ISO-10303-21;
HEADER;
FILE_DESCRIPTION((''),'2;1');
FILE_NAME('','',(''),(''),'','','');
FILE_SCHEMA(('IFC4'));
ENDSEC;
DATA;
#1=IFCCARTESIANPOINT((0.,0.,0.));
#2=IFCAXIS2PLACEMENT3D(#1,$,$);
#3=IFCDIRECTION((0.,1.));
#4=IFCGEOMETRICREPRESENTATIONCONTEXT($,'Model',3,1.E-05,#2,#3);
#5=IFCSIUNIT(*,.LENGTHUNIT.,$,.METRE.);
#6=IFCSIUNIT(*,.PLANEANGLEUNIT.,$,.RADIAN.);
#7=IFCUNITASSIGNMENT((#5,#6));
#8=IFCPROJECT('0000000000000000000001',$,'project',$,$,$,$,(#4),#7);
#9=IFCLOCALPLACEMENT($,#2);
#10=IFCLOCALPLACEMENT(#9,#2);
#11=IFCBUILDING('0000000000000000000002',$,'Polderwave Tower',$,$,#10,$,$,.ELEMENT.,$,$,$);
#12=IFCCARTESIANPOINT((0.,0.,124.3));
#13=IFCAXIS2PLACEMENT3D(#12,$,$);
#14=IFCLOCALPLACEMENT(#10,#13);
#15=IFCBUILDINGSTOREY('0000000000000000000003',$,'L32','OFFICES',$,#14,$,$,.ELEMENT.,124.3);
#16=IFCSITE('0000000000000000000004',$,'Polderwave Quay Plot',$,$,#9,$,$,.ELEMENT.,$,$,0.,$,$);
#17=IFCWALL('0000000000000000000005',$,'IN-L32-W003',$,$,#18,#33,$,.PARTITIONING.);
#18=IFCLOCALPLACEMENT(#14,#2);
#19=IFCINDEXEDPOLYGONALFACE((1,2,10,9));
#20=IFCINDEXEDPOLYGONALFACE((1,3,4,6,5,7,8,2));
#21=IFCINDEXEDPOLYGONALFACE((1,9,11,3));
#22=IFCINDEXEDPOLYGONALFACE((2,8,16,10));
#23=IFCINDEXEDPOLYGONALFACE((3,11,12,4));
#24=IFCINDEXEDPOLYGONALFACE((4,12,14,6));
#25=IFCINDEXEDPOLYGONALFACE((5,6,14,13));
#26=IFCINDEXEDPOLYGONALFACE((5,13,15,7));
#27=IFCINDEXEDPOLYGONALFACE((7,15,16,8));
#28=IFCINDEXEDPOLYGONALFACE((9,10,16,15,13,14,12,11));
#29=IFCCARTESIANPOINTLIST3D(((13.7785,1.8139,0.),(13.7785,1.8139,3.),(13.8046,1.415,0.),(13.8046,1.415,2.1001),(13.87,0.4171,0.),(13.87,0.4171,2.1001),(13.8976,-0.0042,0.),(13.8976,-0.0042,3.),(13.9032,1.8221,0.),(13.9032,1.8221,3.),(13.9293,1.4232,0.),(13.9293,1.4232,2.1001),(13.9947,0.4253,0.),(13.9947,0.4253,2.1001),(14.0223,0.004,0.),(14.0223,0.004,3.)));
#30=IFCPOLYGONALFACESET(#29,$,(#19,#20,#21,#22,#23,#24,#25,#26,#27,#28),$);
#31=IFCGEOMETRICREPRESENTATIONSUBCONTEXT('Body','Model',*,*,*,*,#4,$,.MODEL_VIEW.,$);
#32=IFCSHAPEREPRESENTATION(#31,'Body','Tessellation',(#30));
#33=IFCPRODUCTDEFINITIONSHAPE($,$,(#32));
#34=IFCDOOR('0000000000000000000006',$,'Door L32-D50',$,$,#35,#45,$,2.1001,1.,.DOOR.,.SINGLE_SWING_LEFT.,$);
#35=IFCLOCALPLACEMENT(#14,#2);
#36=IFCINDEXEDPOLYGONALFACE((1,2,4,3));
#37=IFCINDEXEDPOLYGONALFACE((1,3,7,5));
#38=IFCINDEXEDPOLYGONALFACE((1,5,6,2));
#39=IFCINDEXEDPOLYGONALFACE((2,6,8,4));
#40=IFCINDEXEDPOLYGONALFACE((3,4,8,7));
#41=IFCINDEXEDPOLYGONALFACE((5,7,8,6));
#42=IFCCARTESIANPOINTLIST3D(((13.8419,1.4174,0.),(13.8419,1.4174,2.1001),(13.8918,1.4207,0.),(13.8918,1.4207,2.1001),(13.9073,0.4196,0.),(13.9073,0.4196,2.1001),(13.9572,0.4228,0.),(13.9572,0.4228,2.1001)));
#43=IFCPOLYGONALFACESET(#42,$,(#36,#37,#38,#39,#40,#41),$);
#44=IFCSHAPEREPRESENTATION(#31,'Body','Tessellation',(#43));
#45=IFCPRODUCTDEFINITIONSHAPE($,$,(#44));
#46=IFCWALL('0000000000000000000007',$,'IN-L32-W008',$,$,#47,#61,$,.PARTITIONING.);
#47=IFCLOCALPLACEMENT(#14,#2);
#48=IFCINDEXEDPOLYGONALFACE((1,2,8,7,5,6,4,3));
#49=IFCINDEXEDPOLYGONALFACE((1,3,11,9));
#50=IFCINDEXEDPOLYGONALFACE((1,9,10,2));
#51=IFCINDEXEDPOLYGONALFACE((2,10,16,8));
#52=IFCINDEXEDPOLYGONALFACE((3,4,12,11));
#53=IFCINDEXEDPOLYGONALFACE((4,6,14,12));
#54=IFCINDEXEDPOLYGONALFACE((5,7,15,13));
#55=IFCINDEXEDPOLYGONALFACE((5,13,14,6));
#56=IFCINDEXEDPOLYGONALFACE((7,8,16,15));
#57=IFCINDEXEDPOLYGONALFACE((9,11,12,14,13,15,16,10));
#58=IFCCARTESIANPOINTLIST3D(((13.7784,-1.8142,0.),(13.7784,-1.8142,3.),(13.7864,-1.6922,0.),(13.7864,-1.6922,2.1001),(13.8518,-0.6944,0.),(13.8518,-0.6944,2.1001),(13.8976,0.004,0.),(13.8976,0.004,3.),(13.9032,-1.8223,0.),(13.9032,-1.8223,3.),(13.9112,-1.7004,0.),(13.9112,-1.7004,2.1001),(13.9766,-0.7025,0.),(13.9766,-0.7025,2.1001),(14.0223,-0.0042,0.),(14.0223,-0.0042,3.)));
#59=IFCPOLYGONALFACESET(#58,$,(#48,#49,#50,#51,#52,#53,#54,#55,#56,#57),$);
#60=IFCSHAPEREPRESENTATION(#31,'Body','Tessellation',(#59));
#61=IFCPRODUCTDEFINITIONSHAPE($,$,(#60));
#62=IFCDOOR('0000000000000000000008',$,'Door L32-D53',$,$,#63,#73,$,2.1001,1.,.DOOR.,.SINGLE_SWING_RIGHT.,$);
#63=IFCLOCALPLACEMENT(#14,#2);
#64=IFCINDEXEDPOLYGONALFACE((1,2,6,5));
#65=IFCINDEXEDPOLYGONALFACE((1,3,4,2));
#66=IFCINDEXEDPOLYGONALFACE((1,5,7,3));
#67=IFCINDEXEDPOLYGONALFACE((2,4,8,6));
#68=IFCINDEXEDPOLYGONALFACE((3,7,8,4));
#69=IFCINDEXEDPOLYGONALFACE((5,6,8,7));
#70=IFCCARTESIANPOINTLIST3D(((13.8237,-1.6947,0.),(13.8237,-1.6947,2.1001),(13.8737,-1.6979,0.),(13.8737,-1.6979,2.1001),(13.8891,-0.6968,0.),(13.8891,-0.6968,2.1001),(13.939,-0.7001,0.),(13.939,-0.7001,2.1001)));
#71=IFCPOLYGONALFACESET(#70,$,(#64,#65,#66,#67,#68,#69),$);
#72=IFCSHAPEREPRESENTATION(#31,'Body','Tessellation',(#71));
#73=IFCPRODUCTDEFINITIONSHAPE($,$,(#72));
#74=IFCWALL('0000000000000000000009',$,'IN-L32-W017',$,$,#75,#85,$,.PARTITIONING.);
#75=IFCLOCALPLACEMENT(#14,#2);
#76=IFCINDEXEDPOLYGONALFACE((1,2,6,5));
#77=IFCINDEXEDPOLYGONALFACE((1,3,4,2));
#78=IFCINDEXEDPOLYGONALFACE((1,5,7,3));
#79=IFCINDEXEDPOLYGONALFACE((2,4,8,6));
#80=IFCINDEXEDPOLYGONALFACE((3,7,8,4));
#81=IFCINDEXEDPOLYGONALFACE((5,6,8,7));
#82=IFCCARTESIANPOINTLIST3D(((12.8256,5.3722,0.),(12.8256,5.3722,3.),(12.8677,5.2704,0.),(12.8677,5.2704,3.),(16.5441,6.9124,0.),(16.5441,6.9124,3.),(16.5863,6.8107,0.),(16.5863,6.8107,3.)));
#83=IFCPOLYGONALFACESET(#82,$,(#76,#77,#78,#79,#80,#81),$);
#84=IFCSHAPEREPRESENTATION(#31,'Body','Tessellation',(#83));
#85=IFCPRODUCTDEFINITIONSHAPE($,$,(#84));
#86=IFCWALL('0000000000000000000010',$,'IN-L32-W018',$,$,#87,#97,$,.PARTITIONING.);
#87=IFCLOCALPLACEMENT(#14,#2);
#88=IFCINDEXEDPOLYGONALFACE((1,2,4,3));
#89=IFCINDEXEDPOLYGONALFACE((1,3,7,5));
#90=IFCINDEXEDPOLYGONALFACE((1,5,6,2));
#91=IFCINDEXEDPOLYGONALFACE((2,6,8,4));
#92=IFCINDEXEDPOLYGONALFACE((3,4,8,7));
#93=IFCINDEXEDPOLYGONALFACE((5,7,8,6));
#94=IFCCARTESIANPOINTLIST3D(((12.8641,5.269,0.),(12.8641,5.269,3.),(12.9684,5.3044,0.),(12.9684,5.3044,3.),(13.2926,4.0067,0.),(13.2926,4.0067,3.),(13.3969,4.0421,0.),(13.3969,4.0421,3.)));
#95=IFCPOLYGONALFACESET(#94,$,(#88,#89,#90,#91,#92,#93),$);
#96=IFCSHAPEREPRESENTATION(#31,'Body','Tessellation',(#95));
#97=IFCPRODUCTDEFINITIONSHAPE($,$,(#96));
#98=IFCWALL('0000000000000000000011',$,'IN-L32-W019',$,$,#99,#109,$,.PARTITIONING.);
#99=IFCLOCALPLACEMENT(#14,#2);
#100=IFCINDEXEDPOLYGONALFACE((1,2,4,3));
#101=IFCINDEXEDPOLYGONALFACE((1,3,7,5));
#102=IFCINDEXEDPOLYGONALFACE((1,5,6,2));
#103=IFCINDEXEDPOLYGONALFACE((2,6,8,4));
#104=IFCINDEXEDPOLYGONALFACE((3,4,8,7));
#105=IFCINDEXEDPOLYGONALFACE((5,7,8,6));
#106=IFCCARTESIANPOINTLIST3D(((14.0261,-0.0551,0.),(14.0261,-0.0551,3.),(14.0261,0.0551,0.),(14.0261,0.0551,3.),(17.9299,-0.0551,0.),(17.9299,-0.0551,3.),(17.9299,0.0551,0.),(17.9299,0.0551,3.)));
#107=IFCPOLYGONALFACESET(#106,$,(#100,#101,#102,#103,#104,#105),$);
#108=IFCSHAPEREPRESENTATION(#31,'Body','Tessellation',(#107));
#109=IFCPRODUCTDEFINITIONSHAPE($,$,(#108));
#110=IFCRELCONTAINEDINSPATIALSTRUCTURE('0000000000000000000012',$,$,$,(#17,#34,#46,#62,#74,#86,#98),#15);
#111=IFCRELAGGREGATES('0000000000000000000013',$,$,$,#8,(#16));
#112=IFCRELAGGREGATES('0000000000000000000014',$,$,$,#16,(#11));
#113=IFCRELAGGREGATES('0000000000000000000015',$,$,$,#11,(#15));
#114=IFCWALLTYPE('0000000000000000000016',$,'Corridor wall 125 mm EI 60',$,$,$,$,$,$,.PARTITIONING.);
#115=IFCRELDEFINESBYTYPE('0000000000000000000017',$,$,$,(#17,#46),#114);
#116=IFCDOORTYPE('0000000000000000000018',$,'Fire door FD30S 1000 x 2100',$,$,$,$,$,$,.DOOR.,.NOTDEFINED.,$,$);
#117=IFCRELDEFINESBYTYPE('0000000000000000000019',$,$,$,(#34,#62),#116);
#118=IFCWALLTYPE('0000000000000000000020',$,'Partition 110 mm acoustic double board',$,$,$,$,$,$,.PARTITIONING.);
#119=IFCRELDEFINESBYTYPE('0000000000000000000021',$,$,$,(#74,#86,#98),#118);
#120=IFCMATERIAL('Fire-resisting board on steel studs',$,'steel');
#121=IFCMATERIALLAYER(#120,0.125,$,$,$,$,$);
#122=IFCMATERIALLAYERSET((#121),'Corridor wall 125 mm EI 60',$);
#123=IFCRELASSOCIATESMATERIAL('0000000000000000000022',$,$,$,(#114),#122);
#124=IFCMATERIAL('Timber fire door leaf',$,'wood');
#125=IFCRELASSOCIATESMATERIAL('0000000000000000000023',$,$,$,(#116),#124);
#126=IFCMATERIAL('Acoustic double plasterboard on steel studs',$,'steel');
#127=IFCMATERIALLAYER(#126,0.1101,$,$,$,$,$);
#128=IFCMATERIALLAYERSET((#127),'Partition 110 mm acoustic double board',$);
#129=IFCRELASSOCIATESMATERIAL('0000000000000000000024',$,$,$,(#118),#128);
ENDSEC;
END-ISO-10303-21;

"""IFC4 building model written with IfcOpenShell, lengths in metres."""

from ifc_helpers import new_model, si_unit, direction, frame, frame_2d, origin, place, context, subcontext, project, spatial, rectangle, extrude, material, layer, layer_set, type_object, element, fill, save


model = new_model("IFC4")

# Units and contexts
model_context = context("Model", 3, precision=1e-05, world=origin(), true_north=direction((0.0, 1.0)))
body_context = subcontext(model_context, "Body", "Model", "MODEL_VIEW")
ifc_project = project(units=[si_unit("LENGTHUNIT", "METRE"), si_unit("PLANEANGLEUNIT", "RADIAN")], contexts=[model_context])

# Site, building, storey
site_placement = place(None, origin())
site = spatial("IfcSite", under=ifc_project, at=site_placement, Name="Polderwave Quay Plot", CompositionType="ELEMENT", RefElevation=0.0)
building_placement = place(site_placement, origin())
building = spatial("IfcBuilding", under=site, at=building_placement, Name="Polderwave Tower", CompositionType="ELEMENT")
storey_placement = place(building_placement, frame((0.0, 0.0, 124.3)))
storey = spatial("IfcBuildingStorey", under=building, at=storey_placement, Name="L32", Description="OFFICES", CompositionType="ELEMENT", Elevation=124.3)

# Shared definitions
ifc_material_1 = material(Name="Fire-resisting board on steel studs", Category="steel")
ifc_layer_1 = layer(ifc_material_1, 0.125)
ifc_layer_set_1 = layer_set([ifc_layer_1], Name="Corridor wall 125 mm EI 60")
wall_type_1 = type_object("IfcWallType", Name="Corridor wall 125 mm EI 60", PredefinedType="PARTITIONING", material=ifc_layer_set_1)

# Walls, openings, doors
wall_1_placement = place(storey_placement, frame((13.8408, 1.8181, 0.0), z_axis=(0.0, 0.0, 1.0), x_axis=(0.065389, -0.99786, 0.0)))
wall_1 = element("IfcWall", 1, at=wall_1_placement, inside=storey, type_object=wall_type_1, Name="IN-L32-W003", PredefinedType="PARTITIONING", context=body_context, shape_type="SweptSolid", body=[
    extrude(rectangle(XDim=1.822, YDim=0.125, at=frame_2d((0.9111, 0.0))), origin(), (0.0, 0.0, 1.0), 3.0),
])
opening_1_placement = place(wall_1_placement, frame((0.3999, 0.0, 0.0)))
opening_1 = element("IfcOpeningElement", 2, at=opening_1_placement, cuts=wall_1, PredefinedType="OPENING", context=body_context, shape_type="SweptSolid", body=[
    extrude(rectangle(XDim=1.0, YDim=2.1001, at=frame_2d((0.5, 1.05))), frame((0.0, 0.0725, 0.0), z_axis=(0.0, -1.0, 0.0), x_axis=(1.0, 0.0, 0.0)), (0.0, 0.0, 1.0), 0.145),
])
ifc_material_2 = material(Name="Timber fire door leaf", Category="wood")
door_type = type_object("IfcDoorType", Name="Fire door FD30S 1000 x 2100", OperationType="NOTDEFINED", PredefinedType="DOOR", material=ifc_material_2)
door_1_placement = place(opening_1_placement, origin())
door_1 = element("IfcDoor", 3, at=door_1_placement, inside=storey, type_object=door_type, Name="Door L32-D50", OperationType="SINGLE_SWING_LEFT", OverallHeight=2.1001, OverallWidth=1.0, PredefinedType="DOOR", context=body_context, shape_type="SweptSolid", body=[
    extrude(rectangle(XDim=1.0, YDim=2.1001, at=frame_2d((0.5, 1.05))), frame((0.0, 0.0249, 0.0), z_axis=(0.0, -1.0, 0.0), x_axis=(1.0, 0.0, 0.0)), (0.0, 0.0, 1.0), 0.05),
])
fill(opening_1, door_1)
wall_2_placement = place(storey_placement, frame((13.96, 0.0, 0.0), z_axis=(0.0, 0.0, 1.0), x_axis=(-0.065389, -0.99786, 0.0)))
wall_2 = element("IfcWall", 4, at=wall_2_placement, inside=storey, type_object=wall_type_1, Name="IN-L32-W008", PredefinedType="PARTITIONING", context=body_context, shape_type="SweptSolid", body=[
    extrude(rectangle(XDim=1.822, YDim=0.125, at=frame_2d((0.9111, 0.0))), origin(), (0.0, 0.0, 1.0), 3.0),
])
opening_2_placement = place(wall_2_placement, frame((0.7, 0.0, 0.0)))
opening_2 = element("IfcOpeningElement", 5, at=opening_2_placement, cuts=wall_2, PredefinedType="OPENING", context=body_context, shape_type="SweptSolid", body=[
    extrude(rectangle(XDim=1.0, YDim=2.1001, at=frame_2d((0.5, 1.05))), frame((0.0, 0.0725, 0.0), z_axis=(0.0, -1.0, 0.0), x_axis=(1.0, 0.0, 0.0)), (0.0, 0.0, 1.0), 0.145),
])
door_2_placement = place(opening_2_placement, origin())
door_2 = element("IfcDoor", 6, at=door_2_placement, inside=storey, type_object=door_type, Name="Door L32-D53", OperationType="SINGLE_SWING_RIGHT", OverallHeight=2.1001, OverallWidth=1.0, PredefinedType="DOOR", context=body_context, shape_type="SweptSolid", body=[
    extrude(rectangle(XDim=1.0, YDim=2.1001, at=frame_2d((0.5, 1.05))), frame((0.0, 0.0249, 0.0), z_axis=(0.0, -1.0, 0.0), x_axis=(1.0, 0.0, 0.0)), (0.0, 0.0, 1.0), 0.05),
])
fill(opening_2, door_2)

# Walls
ifc_material_3 = material(Name="Acoustic double plasterboard on steel studs", Category="steel")
ifc_layer_2 = layer(ifc_material_3, 0.1101)
ifc_layer_set_2 = layer_set([ifc_layer_2], Name="Partition 110 mm acoustic double board")
wall_type_2 = type_object("IfcWallType", Name="Partition 110 mm acoustic double board", PredefinedType="PARTITIONING", material=ifc_layer_set_2)
wall_3_placement = place(storey_placement, frame((12.8467, 5.3213, 0.0), z_axis=(0.0, 0.0, 1.0), x_axis=(0.923877, 0.382689, 0.0)))
element("IfcWall", 7, at=wall_3_placement, inside=storey, type_object=wall_type_2, Name="IN-L32-W017", PredefinedType="PARTITIONING", context=body_context, shape_type="SweptSolid", body=[
    extrude(rectangle(XDim=4.0249, YDim=0.1101, at=frame_2d((2.0125, 0.0))), origin(), (0.0, 0.0, 1.0), 3.0),
])
wall_4_placement = place(storey_placement, frame((13.3447, 4.0244, 0.0), z_axis=(0.0, 0.0, 1.0), x_axis=(-0.321443, 0.946929, 0.0)))
element("IfcWall", 8, at=wall_4_placement, inside=storey, type_object=wall_type_2, Name="IN-L32-W018", PredefinedType="PARTITIONING", context=body_context, shape_type="SweptSolid", body=[
    extrude(rectangle(XDim=1.333, YDim=0.1101, at=frame_2d((0.6665, 0.0))), origin(), (0.0, 0.0, 1.0), 3.0),
])
wall_5_placement = place(storey_placement, frame((17.9299, 0.0, 0.0), z_axis=(0.0, 0.0, 1.0), x_axis=(-1.0, 0.0, 0.0)))
element("IfcWall", 9, at=wall_5_placement, inside=storey, type_object=wall_type_2, Name="IN-L32-W019", PredefinedType="PARTITIONING", context=body_context, shape_type="SweptSolid", body=[
    extrude(rectangle(XDim=3.9038, YDim=0.1101, at=frame_2d((1.9519, 0.0))), origin(), (0.0, 0.0, 1.0), 3.0),
])

save(model, "model.ifc")
